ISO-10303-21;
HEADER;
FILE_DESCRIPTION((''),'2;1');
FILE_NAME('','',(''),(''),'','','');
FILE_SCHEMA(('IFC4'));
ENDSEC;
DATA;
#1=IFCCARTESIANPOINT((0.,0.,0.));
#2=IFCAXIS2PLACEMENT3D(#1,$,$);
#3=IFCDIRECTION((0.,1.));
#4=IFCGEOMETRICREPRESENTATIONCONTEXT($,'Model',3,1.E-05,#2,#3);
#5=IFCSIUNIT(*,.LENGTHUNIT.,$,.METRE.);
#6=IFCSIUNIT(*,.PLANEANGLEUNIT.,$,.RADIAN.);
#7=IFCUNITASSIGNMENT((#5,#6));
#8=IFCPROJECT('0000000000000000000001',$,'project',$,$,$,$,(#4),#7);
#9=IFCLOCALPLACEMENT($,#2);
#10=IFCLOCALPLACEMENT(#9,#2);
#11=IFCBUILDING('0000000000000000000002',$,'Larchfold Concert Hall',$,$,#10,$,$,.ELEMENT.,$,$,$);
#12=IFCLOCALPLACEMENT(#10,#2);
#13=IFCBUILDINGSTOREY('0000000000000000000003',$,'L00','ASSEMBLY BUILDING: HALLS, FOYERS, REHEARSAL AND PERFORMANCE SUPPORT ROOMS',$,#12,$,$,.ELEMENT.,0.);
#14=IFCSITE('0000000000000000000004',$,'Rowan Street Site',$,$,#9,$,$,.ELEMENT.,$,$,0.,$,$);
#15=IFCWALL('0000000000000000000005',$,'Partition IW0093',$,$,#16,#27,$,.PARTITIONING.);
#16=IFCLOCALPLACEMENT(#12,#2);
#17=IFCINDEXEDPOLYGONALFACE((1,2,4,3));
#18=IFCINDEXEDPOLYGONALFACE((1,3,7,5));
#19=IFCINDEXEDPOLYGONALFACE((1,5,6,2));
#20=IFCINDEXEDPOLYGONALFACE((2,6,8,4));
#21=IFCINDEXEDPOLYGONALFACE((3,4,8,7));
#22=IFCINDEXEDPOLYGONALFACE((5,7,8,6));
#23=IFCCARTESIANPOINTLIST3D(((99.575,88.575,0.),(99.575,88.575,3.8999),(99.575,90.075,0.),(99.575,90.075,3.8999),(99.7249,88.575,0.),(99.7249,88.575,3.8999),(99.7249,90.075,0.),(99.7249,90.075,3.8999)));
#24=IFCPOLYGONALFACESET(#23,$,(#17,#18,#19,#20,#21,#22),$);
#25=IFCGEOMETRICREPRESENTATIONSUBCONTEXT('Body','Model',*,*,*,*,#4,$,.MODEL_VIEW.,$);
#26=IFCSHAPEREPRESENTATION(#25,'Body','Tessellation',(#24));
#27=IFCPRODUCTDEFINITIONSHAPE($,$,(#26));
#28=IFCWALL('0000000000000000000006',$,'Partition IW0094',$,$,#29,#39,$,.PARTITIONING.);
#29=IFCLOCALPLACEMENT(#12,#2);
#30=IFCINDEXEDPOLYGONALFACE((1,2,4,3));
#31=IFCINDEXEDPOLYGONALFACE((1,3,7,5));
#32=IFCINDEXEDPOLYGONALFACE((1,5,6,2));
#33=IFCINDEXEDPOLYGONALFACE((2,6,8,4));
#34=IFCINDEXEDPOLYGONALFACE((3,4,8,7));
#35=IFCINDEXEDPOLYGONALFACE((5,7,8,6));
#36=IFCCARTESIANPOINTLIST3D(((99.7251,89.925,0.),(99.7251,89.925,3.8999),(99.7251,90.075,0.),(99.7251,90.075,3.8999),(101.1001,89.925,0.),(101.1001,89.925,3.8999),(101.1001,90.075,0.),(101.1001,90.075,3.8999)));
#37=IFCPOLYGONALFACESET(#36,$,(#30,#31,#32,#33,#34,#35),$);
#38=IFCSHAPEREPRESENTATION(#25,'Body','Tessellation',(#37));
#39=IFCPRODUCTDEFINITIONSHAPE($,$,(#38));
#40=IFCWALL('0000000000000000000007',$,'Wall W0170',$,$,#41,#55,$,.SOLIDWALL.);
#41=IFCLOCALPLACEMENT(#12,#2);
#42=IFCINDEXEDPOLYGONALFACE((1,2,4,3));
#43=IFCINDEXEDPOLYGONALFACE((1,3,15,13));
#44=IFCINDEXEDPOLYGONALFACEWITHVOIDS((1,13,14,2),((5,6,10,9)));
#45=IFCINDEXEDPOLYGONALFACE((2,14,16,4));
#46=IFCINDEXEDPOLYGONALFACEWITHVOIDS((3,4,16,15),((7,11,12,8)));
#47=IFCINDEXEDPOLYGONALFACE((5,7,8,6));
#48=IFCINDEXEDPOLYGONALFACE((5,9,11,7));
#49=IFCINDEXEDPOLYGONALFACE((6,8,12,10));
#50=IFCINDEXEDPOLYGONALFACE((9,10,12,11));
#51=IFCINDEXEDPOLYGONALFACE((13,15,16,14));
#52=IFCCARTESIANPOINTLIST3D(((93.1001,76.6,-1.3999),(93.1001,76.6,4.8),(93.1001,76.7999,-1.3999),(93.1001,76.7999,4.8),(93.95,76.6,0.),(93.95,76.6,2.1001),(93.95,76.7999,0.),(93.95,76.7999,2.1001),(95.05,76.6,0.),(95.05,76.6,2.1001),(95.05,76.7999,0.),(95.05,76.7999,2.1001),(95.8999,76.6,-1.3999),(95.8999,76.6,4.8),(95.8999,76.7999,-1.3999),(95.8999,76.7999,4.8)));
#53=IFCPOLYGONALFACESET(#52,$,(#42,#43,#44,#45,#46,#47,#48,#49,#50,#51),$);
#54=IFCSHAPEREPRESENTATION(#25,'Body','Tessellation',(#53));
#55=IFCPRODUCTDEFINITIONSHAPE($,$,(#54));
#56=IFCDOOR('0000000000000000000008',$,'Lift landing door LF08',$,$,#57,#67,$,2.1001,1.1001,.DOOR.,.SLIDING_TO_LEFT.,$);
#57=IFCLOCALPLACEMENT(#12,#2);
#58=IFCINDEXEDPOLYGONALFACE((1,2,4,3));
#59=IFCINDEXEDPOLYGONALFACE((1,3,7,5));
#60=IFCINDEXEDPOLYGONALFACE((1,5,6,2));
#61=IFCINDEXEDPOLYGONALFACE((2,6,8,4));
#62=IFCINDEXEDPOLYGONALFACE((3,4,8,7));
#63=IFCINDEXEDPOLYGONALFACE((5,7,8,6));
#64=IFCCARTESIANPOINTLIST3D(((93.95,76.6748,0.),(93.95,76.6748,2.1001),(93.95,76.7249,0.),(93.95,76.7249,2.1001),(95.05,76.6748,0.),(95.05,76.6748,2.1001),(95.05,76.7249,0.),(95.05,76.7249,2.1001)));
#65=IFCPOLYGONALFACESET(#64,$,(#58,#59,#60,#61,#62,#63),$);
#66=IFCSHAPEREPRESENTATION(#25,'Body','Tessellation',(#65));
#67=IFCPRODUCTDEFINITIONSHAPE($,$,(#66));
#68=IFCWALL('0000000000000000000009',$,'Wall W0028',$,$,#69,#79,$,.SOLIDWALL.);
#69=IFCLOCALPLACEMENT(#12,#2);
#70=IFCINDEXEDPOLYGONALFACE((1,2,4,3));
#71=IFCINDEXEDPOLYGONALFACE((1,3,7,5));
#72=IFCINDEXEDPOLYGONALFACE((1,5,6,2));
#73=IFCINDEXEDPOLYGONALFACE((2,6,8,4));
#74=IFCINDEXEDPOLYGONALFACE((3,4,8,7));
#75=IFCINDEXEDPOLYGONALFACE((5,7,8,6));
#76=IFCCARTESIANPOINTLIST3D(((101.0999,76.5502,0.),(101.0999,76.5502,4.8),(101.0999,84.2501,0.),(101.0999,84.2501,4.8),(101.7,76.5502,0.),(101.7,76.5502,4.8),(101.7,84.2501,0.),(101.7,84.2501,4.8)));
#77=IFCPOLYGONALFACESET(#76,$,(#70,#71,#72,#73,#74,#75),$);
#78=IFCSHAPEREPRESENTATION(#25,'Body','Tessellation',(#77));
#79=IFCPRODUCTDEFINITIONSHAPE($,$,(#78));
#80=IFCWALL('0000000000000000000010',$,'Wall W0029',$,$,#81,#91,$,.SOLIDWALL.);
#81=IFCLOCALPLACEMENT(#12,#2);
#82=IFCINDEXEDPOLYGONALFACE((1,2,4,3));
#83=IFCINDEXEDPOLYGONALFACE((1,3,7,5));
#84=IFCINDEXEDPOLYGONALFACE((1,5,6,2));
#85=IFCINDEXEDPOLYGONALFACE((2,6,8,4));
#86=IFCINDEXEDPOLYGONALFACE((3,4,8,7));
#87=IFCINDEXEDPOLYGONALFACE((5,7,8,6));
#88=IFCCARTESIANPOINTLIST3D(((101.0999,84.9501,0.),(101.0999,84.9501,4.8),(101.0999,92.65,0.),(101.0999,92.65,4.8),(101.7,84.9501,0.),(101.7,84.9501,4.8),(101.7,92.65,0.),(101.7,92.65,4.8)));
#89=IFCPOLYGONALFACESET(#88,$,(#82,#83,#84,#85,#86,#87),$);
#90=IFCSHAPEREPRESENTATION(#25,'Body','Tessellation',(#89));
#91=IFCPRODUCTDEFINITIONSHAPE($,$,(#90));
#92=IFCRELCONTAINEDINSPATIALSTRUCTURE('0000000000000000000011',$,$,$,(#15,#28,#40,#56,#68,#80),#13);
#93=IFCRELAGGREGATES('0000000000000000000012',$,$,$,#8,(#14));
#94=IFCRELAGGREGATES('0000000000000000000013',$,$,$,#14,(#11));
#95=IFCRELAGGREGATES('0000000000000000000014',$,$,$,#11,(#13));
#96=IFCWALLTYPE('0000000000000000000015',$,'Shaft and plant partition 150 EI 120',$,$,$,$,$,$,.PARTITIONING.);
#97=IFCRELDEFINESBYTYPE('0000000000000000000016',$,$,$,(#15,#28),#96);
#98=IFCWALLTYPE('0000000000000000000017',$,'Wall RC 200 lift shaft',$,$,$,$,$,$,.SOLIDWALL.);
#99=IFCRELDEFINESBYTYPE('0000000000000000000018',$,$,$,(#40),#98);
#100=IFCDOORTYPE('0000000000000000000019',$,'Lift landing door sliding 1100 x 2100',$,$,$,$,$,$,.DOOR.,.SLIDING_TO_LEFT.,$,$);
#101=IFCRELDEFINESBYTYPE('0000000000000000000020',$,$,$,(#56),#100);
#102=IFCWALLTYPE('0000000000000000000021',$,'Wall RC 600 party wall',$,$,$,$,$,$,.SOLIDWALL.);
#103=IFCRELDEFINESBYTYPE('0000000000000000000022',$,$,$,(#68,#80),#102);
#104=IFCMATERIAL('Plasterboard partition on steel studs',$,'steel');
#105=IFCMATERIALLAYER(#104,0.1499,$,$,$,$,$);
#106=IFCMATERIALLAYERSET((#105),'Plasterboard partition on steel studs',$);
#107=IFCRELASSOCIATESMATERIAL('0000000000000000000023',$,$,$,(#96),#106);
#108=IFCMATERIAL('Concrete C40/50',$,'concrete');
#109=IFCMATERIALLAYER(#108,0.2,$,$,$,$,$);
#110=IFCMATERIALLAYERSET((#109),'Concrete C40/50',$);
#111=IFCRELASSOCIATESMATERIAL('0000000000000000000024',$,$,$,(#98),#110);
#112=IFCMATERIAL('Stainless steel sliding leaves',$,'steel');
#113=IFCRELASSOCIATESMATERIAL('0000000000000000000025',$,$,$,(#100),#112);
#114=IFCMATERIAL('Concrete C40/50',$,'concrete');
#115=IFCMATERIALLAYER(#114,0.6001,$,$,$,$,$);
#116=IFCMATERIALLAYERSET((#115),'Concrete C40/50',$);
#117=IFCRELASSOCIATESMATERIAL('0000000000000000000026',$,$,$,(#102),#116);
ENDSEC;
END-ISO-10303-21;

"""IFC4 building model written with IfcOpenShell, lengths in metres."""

from ifc_helpers import new_model, si_unit, direction, frame, frame_2d, origin, place, context, subcontext, project, spatial, rectangle, extrude, material, layer, layer_set, type_object, element, fill, save


model = new_model("IFC4")

# Units and contexts
model_context = context("Model", 3, precision=1e-05, world=origin(), true_north=direction((0.0, 1.0)))
body_context = subcontext(model_context, "Body", "Model", "MODEL_VIEW")
ifc_project = project(units=[si_unit("LENGTHUNIT", "METRE"), si_unit("PLANEANGLEUNIT", "RADIAN")], contexts=[model_context])

# Site, building, storey
site_placement = place(None, origin())
site = spatial("IfcSite", under=ifc_project, at=site_placement, Name="Rowan Street Site", CompositionType="ELEMENT", RefElevation=0.0)
building_placement = place(site_placement, origin())
building = spatial("IfcBuilding", under=site, at=building_placement, Name="Larchfold Concert Hall", CompositionType="ELEMENT")
storey_placement = place(building_placement, origin())
storey = spatial("IfcBuildingStorey", under=building, at=storey_placement, Name="L00", Description="ASSEMBLY BUILDING: HALLS, FOYERS, REHEARSAL AND PERFORMANCE SUPPORT ROOMS", CompositionType="ELEMENT", Elevation=0.0)

# Shared definitions
ifc_material_1 = material(Name="Plasterboard partition on steel studs", Category="steel")
ifc_layer_1 = layer(ifc_material_1, 0.1499)
ifc_layer_set_1 = layer_set([ifc_layer_1], Name="Plasterboard partition on steel studs")
wall_type_1 = type_object("IfcWallType", Name="Shaft and plant partition 150 EI 120", PredefinedType="PARTITIONING", material=ifc_layer_set_1)

# Walls
wall_1_placement = place(storey_placement, frame((99.6499, 88.575, 0.0), z_axis=(0.0, 0.0, 1.0), x_axis=(0.0, 1.0, 0.0)))
element("IfcWall", 1, at=wall_1_placement, inside=storey, type_object=wall_type_1, Name="Partition IW0093", PredefinedType="PARTITIONING", context=body_context, shape_type="SweptSolid", body=[
    extrude(rectangle(XDim=1.5, YDim=0.1499, at=frame_2d((0.75, 0.0))), origin(), (0.0, 0.0, 1.0), 3.8999),
])
wall_2_placement = place(storey_placement, frame((99.7251, 90.0, 0.0), z_axis=(0.0, 0.0, 1.0), x_axis=(1.0, 0.0, 0.0)))
element("IfcWall", 2, at=wall_2_placement, inside=storey, type_object=wall_type_1, Name="Partition IW0094", PredefinedType="PARTITIONING", context=body_context, shape_type="SweptSolid", body=[
    extrude(rectangle(XDim=1.375, YDim=0.1499, at=frame_2d((0.6875, 0.0))), origin(), (0.0, 0.0, 1.0), 3.8999),
])

# Wall, opening, door
ifc_material_2 = material(Name="Concrete C40/50", Category="concrete")
ifc_layer_2 = layer(ifc_material_2, 0.2)
ifc_layer_set_2 = layer_set([ifc_layer_2], Name="Concrete C40/50")
wall_type_2 = type_object("IfcWallType", Name="Wall RC 200 lift shaft", PredefinedType="SOLIDWALL", material=ifc_layer_set_2)
wall_3_placement = place(storey_placement, frame((93.1001, 76.7, -1.3999), z_axis=(0.0, 0.0, 1.0), x_axis=(1.0, 0.0, 0.0)))
wall_3 = element("IfcWall", 3, at=wall_3_placement, inside=storey, type_object=wall_type_2, Name="Wall W0170", PredefinedType="SOLIDWALL", context=body_context, shape_type="SweptSolid", body=[
    extrude(rectangle(XDim=2.7998, YDim=0.2, at=frame_2d((1.3999, 0.0))), origin(), (0.0, 0.0, 1.0), 6.2),
])
opening_1_placement = place(wall_3_placement, frame((0.8499, 0.0, 1.3999)))
opening_1 = element("IfcOpeningElement", 4, at=opening_1_placement, cuts=wall_3, PredefinedType="OPENING", context=body_context, shape_type="SweptSolid", body=[
    extrude(rectangle(XDim=1.1001, YDim=2.1001, at=frame_2d((0.55, 1.05))), frame((0.0, 0.1099, 0.0), z_axis=(0.0, -1.0, 0.0), x_axis=(1.0, 0.0, 0.0)), (0.0, 0.0, 1.0), 0.22),
])
ifc_material_3 = material(Name="Stainless steel sliding leaves", Category="steel")
door_type_1 = type_object("IfcDoorType", Name="Lift landing door sliding 1100 x 2100", OperationType="SLIDING_TO_LEFT", PredefinedType="DOOR", material=ifc_material_3)
door_1_placement = place(opening_1_placement, origin())
door_1 = element("IfcDoor", 5, at=door_1_placement, inside=storey, type_object=door_type_1, Name="Lift landing door LF08", OperationType="SLIDING_TO_LEFT", OverallHeight=2.1001, OverallWidth=1.1001, PredefinedType="DOOR", context=body_context, shape_type="SweptSolid", body=[
    extrude(rectangle(XDim=1.1001, YDim=2.1001, at=frame_2d((0.55, 1.05))), frame((0.0, 0.0249, 0.0), z_axis=(0.0, -1.0, 0.0), x_axis=(1.0, 0.0, 0.0)), (0.0, 0.0, 1.0), 0.05),
])
fill(opening_1, door_1)

# Walls
ifc_material_4 = material(Name="Concrete C40/50", Category="concrete")
ifc_layer_3 = layer(ifc_material_4, 0.6001)
ifc_layer_set_3 = layer_set([ifc_layer_3], Name="Concrete C40/50")
wall_type_3 = type_object("IfcWallType", Name="Wall RC 600 party wall", PredefinedType="SOLIDWALL", material=ifc_layer_set_3)
for number, where, z_axis, x_axis, name in (
    (6, (101.3999, 76.55, 0.0), (0.0, 0.0, 1.0), (0.0, 1.0, 0.0), "Wall W0028"),
    (7, (101.3999, 84.95, 0.0), (0.0, 0.0, 1.0), (0.0, 1.0, 0.0), "Wall W0029"),
):
    element("IfcWall", number, at=place(storey_placement, frame(where, z_axis=z_axis, x_axis=x_axis)), inside=storey, type_object=wall_type_3, Name=name, PredefinedType="SOLIDWALL", context=body_context, shape_type="SweptSolid", body=[
        extrude(rectangle(XDim=7.7, YDim=0.6001, at=frame_2d((3.8501, 0.0))), origin(), (0.0, 0.0, 1.0), 4.8),
    ])

save(model, "model.ifc")
